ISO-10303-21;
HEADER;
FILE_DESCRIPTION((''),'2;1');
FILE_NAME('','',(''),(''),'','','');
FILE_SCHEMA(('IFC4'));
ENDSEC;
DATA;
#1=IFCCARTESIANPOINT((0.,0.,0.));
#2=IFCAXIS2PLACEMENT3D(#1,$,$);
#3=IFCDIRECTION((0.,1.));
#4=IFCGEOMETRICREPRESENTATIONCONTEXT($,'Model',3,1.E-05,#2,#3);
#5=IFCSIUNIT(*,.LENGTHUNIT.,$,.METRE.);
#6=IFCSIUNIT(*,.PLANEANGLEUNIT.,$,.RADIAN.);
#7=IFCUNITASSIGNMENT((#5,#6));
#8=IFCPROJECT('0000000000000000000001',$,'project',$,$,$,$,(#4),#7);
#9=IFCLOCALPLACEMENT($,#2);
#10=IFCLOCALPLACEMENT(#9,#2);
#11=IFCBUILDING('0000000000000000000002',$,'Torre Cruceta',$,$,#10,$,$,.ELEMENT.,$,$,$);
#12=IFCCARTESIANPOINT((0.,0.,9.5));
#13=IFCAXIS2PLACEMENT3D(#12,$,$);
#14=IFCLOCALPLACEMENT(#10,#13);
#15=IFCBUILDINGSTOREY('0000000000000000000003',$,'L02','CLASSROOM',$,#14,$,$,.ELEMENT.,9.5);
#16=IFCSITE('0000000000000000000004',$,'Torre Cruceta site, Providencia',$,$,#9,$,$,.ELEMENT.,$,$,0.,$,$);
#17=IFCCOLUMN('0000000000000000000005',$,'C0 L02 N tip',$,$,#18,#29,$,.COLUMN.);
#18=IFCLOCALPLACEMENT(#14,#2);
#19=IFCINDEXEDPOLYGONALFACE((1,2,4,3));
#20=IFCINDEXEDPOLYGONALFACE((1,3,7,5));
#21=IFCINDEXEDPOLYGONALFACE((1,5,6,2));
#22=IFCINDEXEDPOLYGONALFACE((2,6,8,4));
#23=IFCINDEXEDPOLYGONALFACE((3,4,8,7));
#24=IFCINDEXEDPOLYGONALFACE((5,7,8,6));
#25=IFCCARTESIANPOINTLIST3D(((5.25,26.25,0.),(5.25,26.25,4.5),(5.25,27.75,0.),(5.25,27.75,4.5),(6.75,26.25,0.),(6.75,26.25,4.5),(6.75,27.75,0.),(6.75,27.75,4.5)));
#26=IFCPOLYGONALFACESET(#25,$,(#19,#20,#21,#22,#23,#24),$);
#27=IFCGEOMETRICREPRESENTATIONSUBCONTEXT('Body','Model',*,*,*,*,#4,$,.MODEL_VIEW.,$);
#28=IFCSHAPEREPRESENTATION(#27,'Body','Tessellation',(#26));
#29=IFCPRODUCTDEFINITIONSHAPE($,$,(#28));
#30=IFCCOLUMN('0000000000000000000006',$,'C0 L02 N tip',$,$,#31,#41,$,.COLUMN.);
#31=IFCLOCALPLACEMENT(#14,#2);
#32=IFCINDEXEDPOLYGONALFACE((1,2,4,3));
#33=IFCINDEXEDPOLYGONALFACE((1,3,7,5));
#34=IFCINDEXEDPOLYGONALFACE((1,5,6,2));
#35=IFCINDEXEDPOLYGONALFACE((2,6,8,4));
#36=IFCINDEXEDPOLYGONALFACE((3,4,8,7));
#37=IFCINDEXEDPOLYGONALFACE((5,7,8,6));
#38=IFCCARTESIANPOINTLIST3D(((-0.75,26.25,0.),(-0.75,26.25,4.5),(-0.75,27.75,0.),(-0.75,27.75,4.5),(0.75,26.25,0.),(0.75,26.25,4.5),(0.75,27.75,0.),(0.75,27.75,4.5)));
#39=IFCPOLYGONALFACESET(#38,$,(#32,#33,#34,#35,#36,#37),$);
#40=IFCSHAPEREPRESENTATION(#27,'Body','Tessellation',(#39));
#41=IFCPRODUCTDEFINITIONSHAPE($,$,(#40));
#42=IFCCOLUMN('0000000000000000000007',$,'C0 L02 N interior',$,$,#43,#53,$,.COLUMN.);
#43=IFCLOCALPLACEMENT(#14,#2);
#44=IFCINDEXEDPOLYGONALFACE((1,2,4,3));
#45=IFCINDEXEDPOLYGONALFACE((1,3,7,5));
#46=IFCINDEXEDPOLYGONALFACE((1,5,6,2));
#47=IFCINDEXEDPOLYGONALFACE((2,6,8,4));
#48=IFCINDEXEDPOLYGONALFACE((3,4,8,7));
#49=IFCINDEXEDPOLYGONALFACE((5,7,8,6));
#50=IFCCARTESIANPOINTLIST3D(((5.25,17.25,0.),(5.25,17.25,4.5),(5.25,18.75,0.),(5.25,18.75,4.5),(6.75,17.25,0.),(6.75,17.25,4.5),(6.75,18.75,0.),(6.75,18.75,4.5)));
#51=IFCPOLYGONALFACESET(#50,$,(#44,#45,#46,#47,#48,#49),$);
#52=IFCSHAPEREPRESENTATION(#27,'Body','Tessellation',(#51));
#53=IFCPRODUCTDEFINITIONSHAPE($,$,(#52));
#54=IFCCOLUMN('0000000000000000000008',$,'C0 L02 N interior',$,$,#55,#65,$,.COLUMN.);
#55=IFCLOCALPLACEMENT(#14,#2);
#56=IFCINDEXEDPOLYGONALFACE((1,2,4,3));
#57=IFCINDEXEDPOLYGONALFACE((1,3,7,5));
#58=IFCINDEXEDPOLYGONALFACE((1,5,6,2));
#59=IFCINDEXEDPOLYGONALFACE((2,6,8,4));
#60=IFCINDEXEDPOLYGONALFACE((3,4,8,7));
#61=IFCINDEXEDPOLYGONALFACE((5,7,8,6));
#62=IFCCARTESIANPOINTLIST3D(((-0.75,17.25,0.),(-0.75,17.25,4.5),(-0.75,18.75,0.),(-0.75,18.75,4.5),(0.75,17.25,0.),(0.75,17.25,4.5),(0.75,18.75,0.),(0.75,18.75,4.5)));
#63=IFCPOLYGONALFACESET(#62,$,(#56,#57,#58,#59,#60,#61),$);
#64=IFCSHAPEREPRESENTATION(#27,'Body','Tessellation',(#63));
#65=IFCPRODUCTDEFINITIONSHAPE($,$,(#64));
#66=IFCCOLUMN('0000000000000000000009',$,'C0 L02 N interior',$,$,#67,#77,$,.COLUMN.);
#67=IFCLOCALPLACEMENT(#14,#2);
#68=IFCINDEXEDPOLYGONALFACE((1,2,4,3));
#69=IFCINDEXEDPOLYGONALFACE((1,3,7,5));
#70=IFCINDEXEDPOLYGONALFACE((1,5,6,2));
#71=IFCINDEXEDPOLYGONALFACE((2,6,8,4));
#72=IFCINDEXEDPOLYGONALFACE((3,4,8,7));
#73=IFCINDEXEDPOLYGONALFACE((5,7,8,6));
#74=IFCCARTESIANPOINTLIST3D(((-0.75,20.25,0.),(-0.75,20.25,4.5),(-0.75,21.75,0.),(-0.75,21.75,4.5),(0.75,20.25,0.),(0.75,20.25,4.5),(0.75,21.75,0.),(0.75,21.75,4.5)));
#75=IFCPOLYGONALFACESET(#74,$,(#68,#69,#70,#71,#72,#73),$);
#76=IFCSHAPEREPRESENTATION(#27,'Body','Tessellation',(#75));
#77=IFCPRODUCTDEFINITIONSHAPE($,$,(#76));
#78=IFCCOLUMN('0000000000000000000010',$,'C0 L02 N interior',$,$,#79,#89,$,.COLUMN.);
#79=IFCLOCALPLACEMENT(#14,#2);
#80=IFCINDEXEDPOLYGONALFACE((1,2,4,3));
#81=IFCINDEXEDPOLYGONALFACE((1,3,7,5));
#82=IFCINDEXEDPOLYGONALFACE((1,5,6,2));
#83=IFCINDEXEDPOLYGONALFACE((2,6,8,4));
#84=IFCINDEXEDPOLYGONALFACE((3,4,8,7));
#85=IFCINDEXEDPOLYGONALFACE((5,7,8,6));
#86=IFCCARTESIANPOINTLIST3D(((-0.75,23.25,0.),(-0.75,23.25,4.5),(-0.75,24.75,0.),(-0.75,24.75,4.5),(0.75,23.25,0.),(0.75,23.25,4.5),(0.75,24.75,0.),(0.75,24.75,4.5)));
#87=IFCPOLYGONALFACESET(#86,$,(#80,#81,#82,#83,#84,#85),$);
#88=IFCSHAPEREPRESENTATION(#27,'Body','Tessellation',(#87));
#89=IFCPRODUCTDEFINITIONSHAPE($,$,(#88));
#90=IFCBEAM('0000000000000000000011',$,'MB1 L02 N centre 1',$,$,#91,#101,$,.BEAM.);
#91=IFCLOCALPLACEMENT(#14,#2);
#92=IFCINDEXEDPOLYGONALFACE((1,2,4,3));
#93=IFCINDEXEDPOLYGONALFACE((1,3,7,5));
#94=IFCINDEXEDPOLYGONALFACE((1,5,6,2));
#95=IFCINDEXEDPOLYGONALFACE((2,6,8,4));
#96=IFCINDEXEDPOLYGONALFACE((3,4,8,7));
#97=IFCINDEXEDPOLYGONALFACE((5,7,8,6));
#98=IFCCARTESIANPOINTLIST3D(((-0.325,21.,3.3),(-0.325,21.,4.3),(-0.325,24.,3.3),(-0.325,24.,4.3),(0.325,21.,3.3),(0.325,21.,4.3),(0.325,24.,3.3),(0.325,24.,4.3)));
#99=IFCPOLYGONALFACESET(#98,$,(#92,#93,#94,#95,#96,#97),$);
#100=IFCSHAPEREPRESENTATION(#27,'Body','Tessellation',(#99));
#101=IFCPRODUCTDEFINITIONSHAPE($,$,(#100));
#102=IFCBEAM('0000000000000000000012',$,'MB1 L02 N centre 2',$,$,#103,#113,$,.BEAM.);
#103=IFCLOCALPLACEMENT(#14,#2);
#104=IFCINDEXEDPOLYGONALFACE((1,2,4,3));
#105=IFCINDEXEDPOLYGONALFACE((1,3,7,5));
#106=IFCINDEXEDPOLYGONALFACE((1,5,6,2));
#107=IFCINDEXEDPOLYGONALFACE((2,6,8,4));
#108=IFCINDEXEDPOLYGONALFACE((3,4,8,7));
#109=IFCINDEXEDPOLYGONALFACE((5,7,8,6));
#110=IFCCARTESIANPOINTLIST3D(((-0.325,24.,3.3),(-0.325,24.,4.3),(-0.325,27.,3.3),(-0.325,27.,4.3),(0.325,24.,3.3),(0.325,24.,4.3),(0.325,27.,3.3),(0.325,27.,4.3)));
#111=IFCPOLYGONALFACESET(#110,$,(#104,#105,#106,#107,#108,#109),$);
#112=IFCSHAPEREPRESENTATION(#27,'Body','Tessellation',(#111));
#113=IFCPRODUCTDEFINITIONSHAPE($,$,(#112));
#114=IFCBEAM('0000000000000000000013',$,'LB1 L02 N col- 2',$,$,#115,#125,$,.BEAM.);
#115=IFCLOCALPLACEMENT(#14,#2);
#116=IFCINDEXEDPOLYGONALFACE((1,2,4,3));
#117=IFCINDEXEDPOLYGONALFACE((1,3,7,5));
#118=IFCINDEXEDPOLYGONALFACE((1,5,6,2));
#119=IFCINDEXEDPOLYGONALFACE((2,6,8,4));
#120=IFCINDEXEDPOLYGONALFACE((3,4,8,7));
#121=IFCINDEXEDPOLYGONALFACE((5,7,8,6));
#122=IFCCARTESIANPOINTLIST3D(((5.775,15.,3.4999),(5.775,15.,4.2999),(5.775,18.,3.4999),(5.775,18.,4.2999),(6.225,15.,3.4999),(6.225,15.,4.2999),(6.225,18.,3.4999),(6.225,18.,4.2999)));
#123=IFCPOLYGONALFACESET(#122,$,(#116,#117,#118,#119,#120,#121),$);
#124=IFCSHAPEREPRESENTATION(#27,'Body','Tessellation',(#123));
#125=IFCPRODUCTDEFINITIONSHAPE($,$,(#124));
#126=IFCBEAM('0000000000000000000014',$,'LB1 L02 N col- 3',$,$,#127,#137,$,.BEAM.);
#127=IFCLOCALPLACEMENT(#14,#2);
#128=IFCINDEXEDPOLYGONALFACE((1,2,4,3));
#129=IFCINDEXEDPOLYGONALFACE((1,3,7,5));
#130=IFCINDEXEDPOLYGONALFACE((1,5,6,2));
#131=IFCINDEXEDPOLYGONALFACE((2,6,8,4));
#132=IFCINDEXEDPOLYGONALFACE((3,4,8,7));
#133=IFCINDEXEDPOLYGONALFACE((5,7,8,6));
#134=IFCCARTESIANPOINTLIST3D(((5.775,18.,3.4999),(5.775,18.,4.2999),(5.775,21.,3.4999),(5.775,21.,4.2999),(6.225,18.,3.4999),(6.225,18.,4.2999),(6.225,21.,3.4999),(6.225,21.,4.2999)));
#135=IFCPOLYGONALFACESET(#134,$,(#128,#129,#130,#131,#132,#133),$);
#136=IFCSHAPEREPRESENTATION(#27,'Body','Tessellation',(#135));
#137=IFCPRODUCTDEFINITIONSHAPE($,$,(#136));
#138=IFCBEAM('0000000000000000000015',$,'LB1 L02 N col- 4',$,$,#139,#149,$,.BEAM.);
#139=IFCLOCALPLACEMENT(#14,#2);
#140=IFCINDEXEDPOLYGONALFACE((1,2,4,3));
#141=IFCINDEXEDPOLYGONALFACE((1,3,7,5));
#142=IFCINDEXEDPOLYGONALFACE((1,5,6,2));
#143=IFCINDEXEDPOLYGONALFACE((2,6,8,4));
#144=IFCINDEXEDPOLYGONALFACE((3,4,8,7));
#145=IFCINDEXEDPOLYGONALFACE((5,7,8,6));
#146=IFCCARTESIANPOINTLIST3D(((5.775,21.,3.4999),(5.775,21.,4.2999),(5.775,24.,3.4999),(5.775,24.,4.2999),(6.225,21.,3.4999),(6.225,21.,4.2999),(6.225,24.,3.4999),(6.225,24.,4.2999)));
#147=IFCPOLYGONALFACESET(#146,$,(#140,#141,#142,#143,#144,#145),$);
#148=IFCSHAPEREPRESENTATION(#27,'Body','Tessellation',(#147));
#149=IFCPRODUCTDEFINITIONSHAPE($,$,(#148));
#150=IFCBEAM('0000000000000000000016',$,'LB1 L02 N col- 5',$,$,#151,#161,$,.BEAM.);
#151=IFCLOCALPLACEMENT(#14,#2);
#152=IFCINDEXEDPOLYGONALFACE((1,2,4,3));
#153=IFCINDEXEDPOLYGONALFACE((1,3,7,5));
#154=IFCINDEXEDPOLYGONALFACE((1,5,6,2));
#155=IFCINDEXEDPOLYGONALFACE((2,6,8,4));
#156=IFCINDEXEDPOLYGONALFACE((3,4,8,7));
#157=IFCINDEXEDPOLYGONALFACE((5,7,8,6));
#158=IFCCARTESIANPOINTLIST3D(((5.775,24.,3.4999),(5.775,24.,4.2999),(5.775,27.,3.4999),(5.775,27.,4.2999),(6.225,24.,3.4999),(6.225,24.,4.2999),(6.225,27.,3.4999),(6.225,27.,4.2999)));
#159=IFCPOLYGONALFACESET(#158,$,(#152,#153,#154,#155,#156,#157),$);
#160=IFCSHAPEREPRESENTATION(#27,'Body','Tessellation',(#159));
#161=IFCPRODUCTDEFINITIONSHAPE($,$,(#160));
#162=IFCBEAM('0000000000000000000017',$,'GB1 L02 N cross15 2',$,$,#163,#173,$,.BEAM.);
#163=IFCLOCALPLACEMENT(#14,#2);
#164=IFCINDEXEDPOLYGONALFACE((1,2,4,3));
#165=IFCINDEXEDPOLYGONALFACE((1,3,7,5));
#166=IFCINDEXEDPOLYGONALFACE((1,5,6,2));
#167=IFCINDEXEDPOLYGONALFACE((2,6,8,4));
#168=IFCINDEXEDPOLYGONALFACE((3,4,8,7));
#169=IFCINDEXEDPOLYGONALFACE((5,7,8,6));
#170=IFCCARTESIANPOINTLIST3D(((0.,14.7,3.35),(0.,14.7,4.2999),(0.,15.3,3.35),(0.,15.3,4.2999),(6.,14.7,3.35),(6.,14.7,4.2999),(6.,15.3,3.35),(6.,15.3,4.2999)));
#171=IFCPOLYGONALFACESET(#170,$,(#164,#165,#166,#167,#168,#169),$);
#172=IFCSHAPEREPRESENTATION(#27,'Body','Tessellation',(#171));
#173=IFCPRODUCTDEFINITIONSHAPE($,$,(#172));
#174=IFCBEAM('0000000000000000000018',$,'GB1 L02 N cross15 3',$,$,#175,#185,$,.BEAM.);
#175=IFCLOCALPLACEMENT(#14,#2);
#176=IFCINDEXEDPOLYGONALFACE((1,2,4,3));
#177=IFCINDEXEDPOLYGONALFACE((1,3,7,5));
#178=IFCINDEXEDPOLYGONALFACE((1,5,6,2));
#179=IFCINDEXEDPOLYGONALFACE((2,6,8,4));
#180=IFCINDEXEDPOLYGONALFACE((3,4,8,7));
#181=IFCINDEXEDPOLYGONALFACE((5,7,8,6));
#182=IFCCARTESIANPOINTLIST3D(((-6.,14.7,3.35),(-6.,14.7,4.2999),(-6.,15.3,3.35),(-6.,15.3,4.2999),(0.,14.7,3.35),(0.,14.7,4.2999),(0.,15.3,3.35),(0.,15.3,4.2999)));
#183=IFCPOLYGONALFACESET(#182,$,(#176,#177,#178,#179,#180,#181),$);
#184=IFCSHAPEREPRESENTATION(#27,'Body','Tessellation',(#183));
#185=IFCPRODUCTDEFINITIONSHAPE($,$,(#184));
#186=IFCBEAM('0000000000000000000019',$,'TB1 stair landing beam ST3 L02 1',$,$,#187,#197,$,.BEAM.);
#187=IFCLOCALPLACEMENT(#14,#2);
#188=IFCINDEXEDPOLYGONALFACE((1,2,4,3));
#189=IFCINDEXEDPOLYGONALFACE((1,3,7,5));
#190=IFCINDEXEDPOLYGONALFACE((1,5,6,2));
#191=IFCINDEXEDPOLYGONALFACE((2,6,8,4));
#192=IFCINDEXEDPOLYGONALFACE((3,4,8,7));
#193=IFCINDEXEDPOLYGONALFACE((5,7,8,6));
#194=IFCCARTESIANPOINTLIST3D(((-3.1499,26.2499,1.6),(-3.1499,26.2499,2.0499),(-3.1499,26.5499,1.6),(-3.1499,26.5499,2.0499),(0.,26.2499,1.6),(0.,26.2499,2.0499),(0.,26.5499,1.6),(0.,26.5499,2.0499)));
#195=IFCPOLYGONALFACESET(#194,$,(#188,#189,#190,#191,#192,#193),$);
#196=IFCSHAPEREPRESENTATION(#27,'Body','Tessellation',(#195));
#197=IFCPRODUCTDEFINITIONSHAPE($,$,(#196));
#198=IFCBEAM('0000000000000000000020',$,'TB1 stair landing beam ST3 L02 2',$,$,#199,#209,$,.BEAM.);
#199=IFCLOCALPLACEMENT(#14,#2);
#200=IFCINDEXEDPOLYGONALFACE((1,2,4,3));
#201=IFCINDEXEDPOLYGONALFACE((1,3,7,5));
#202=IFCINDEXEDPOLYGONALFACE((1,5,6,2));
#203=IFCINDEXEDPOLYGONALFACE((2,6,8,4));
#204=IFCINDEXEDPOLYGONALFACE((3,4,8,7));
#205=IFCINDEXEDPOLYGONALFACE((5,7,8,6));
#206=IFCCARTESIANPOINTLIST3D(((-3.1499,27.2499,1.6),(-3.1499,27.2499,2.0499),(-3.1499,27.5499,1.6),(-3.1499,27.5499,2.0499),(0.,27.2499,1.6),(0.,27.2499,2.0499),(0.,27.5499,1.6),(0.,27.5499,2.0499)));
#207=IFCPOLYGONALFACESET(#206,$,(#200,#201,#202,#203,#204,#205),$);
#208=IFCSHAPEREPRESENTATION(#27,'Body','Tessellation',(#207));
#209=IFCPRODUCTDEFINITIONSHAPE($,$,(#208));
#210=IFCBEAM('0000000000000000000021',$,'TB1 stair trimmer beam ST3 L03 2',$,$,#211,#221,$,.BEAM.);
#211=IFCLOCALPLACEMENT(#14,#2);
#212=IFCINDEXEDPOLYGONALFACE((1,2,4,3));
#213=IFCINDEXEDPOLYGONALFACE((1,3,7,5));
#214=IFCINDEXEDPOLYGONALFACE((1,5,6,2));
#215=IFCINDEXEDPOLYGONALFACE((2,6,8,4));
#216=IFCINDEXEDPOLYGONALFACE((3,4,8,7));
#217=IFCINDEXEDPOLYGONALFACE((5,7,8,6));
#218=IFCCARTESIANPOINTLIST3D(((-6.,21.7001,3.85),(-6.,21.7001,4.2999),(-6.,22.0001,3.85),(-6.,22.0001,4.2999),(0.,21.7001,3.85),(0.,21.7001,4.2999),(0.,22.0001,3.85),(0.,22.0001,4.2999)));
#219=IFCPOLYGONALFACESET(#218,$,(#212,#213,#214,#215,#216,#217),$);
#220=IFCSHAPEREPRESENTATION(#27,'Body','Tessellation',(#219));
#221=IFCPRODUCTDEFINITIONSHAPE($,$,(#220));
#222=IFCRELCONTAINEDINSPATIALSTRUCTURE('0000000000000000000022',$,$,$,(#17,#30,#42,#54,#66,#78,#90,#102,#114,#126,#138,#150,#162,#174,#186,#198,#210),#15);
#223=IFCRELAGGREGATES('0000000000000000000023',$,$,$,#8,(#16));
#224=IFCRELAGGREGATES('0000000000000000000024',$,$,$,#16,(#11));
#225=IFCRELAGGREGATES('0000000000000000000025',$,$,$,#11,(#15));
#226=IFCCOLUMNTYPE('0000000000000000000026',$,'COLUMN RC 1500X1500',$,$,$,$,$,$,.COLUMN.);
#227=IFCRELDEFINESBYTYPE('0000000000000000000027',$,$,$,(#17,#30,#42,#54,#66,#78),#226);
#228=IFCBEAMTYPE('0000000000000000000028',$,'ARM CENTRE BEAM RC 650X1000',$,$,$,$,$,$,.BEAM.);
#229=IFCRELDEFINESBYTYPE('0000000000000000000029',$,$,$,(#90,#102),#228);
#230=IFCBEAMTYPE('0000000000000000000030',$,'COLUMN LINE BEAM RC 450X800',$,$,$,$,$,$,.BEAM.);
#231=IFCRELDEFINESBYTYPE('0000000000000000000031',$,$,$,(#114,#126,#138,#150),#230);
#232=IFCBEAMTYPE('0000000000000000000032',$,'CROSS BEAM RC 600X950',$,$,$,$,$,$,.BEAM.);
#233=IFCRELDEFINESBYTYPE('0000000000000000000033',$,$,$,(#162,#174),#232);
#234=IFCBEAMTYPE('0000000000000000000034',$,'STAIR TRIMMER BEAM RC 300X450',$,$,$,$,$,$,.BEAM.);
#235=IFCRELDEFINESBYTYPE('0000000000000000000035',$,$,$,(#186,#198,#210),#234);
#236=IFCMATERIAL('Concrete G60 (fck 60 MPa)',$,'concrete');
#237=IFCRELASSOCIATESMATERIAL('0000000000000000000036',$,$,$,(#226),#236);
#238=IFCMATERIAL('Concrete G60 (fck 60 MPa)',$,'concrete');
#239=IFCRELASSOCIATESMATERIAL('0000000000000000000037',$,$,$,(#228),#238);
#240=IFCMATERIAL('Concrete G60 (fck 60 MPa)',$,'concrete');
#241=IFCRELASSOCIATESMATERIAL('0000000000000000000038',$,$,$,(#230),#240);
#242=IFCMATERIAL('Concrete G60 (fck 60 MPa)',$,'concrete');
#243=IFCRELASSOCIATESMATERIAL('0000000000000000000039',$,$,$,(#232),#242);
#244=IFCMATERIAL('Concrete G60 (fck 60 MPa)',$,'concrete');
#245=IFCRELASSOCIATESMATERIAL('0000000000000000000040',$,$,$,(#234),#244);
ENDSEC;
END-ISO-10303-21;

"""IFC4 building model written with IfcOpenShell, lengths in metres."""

from ifc_helpers import new_model, si_unit, direction, frame, origin, origin_2d, place, context, subcontext, project, spatial, rectangle, extrude, material, material_profile, profile_set, type_object, element, save


model = new_model("IFC4")

# Units and contexts
model_context = context("Model", 3, precision=1e-05, world=origin(), true_north=direction((0.0, 1.0)))
body_context = subcontext(model_context, "Body", "Model", "MODEL_VIEW")
ifc_project = project(units=[si_unit("LENGTHUNIT", "METRE"), si_unit("PLANEANGLEUNIT", "RADIAN")], contexts=[model_context])

# Site, building, storey
site_placement = place(None, origin())
site = spatial("IfcSite", under=ifc_project, at=site_placement, Name="Torre Cruceta site, Providencia", CompositionType="ELEMENT", RefElevation=0.0)
building_placement = place(site_placement, origin())
building = spatial("IfcBuilding", under=site, at=building_placement, Name="Torre Cruceta", CompositionType="ELEMENT")
storey_placement = place(building_placement, frame((0.0, 0.0, 9.5)))
storey = spatial("IfcBuildingStorey", under=building, at=storey_placement, Name="L02", Description="CLASSROOM", CompositionType="ELEMENT", Elevation=9.5)

# Columns
ifc_material_1 = material(Name="Concrete G60 (fck 60 MPa)", Category="concrete")
ifc_material_profile_1 = material_profile(ifc_material_1, rectangle(XDim=1.5, YDim=1.5, at=origin_2d()), Name="RC 1500X1500")
ifc_profile_set_1 = profile_set([ifc_material_profile_1], Name="Concrete G60 (fck 60 MPa)")
column_type = type_object("IfcColumnType", Name="COLUMN RC 1500X1500", PredefinedType="COLUMN", material=ifc_profile_set_1)
for number, where, z_axis, x_axis, name in (
    (1, (6.0, 27.0, 0.0), (0.0, 0.0, 1.0), (1.0, 0.0, 0.0), "C0 L02 N tip"),
    (2, (0.0, 27.0, 0.0), (0.0, 0.0, 1.0), (1.0, 0.0, 0.0), "C0 L02 N tip"),
    (3, (6.0, 18.0, 0.0), (0.0, 0.0, 1.0), (1.0, 0.0, 0.0), "C0 L02 N interior"),
    (4, (0.0, 18.0, 0.0), (0.0, 0.0, 1.0), (1.0, 0.0, 0.0), "C0 L02 N interior"),
    (5, (0.0, 21.0, 0.0), (0.0, 0.0, 1.0), (1.0, 0.0, 0.0), "C0 L02 N interior"),
    (6, (0.0, 24.0, 0.0), (0.0, 0.0, 1.0), (1.0, 0.0, 0.0), "C0 L02 N interior"),
):
    element("IfcColumn", number, at=place(storey_placement, frame(where, z_axis=z_axis, x_axis=x_axis)), inside=storey, type_object=column_type, Name=name, PredefinedType="COLUMN", context=body_context, shape_type="SweptSolid", body=[
        extrude(rectangle(XDim=1.5, YDim=1.5, at=origin_2d()), origin(), (0.0, 0.0, 1.0), 4.5),
    ])

# Beams
ifc_material_2 = material(Name="Concrete G60 (fck 60 MPa)", Category="concrete")
ifc_material_profile_2 = material_profile(ifc_material_2, rectangle(XDim=0.6499, YDim=1.0, at=origin_2d()), Name="RC 650X1000")
ifc_profile_set_2 = profile_set([ifc_material_profile_2], Name="Concrete G60 (fck 60 MPa)")
beam_type_1 = type_object("IfcBeamType", Name="ARM CENTRE BEAM RC 650X1000", PredefinedType="BEAM", material=ifc_profile_set_2)
for number, where, z_axis, x_axis, name in (
    (7, (0.0, 21.0, 3.8), (0.0, 1.0, 0.0), (-1.0, 0.0, 0.0), "MB1 L02 N centre 1"),
    (8, (0.0, 24.0, 3.8), (0.0, 1.0, 0.0), (-1.0, 0.0, 0.0), "MB1 L02 N centre 2"),
):
    element("IfcBeam", number, at=place(storey_placement, frame(where, z_axis=z_axis, x_axis=x_axis)), inside=storey, type_object=beam_type_1, Name=name, PredefinedType="BEAM", context=body_context, shape_type="SweptSolid", body=[
        extrude(rectangle(XDim=0.6499, YDim=1.0, at=origin_2d()), origin(), (0.0, 0.0, 1.0), 3.0),
    ])
ifc_material_3 = material(Name="Concrete G60 (fck 60 MPa)", Category="concrete")
ifc_material_profile_3 = material_profile(ifc_material_3, rectangle(XDim=0.45, YDim=0.8, at=origin_2d()), Name="RC 450X800")
ifc_profile_set_3 = profile_set([ifc_material_profile_3], Name="Concrete G60 (fck 60 MPa)")
beam_type_2 = type_object("IfcBeamType", Name="COLUMN LINE BEAM RC 450X800", PredefinedType="BEAM", material=ifc_profile_set_3)
for number, where, z_axis, x_axis, name in (
    (9, (6.0, 15.0, 3.8999), (0.0, 1.0, 0.0), (-1.0, 0.0, 0.0), "LB1 L02 N col- 2"),
    (10, (6.0, 18.0, 3.8999), (0.0, 1.0, 0.0), (-1.0, 0.0, 0.0), "LB1 L02 N col- 3"),
    (11, (6.0, 21.0, 3.8999), (0.0, 1.0, 0.0), (-1.0, 0.0, 0.0), "LB1 L02 N col- 4"),
    (12, (6.0, 24.0, 3.8999), (0.0, 1.0, 0.0), (-1.0, 0.0, 0.0), "LB1 L02 N col- 5"),
):
    element("IfcBeam", number, at=place(storey_placement, frame(where, z_axis=z_axis, x_axis=x_axis)), inside=storey, type_object=beam_type_2, Name=name, PredefinedType="BEAM", context=body_context, shape_type="SweptSolid", body=[
        extrude(rectangle(XDim=0.45, YDim=0.8, at=origin_2d()), origin(), (0.0, 0.0, 1.0), 3.0),
    ])
ifc_material_4 = material(Name="Concrete G60 (fck 60 MPa)", Category="concrete")
ifc_material_profile_4 = material_profile(ifc_material_4, rectangle(XDim=0.6001, YDim=0.95, at=origin_2d()), Name="RC 600X950")
ifc_profile_set_4 = profile_set([ifc_material_profile_4], Name="Concrete G60 (fck 60 MPa)")
beam_type_3 = type_object("IfcBeamType", Name="CROSS BEAM RC 600X950", PredefinedType="BEAM", material=ifc_profile_set_4)
for number, where, z_axis, x_axis, name in (
    (13, (6.0, 15.0, 3.825), (-1.0, 0.0, 0.0), (0.0, -1.0, 0.0), "GB1 L02 N cross15 2"),
    (14, (0.0, 15.0, 3.825), (-1.0, 0.0, 0.0), (0.0, -1.0, 0.0), "GB1 L02 N cross15 3"),
):
    element("IfcBeam", number, at=place(storey_placement, frame(where, z_axis=z_axis, x_axis=x_axis)), inside=storey, type_object=beam_type_3, Name=name, PredefinedType="BEAM", context=body_context, shape_type="SweptSolid", body=[
        extrude(rectangle(XDim=0.6001, YDim=0.95, at=origin_2d()), origin(), (0.0, 0.0, 1.0), 6.0),
    ])
ifc_material_5 = material(Name="Concrete G60 (fck 60 MPa)", Category="concrete")
ifc_material_profile_5 = material_profile(ifc_material_5, rectangle(XDim=0.3, YDim=0.45, at=origin_2d()), Name="RC 300X450")
ifc_profile_set_5 = profile_set([ifc_material_profile_5], Name="Concrete G60 (fck 60 MPa)")
beam_type_4 = type_object("IfcBeamType", Name="STAIR TRIMMER BEAM RC 300X450", PredefinedType="BEAM", material=ifc_profile_set_5)
for number, where, z_axis, x_axis, name in (
    (15, (0.0, 26.3999, 1.825), (-1.0, 0.0, 0.0), (0.0, -1.0, 0.0), "TB1 stair landing beam ST3 L02 1"),
    (16, (0.0, 27.3999, 1.825), (-1.0, 0.0, 0.0), (0.0, -1.0, 0.0), "TB1 stair landing beam ST3 L02 2"),
):
    element("IfcBeam", number, at=place(storey_placement, frame(where, z_axis=z_axis, x_axis=x_axis)), inside=storey, type_object=beam_type_4, Name=name, PredefinedType="BEAM", context=body_context, shape_type="SweptSolid", body=[
        extrude(rectangle(XDim=0.3, YDim=0.45, at=origin_2d()), origin(), (0.0, 0.0, 1.0), 3.1499),
    ])
beam_placement = place(storey_placement, frame((0.0, 21.8501, 4.075), z_axis=(-1.0, 0.0, 0.0), x_axis=(0.0, -1.0, 0.0)))
element("IfcBeam", 17, at=beam_placement, inside=storey, type_object=beam_type_4, Name="TB1 stair trimmer beam ST3 L03 2", PredefinedType="BEAM", context=body_context, shape_type="SweptSolid", body=[
    extrude(rectangle(XDim=0.3, YDim=0.45, at=origin_2d()), origin(), (0.0, 0.0, 1.0), 6.0),
])

save(model, "model.ifc")
